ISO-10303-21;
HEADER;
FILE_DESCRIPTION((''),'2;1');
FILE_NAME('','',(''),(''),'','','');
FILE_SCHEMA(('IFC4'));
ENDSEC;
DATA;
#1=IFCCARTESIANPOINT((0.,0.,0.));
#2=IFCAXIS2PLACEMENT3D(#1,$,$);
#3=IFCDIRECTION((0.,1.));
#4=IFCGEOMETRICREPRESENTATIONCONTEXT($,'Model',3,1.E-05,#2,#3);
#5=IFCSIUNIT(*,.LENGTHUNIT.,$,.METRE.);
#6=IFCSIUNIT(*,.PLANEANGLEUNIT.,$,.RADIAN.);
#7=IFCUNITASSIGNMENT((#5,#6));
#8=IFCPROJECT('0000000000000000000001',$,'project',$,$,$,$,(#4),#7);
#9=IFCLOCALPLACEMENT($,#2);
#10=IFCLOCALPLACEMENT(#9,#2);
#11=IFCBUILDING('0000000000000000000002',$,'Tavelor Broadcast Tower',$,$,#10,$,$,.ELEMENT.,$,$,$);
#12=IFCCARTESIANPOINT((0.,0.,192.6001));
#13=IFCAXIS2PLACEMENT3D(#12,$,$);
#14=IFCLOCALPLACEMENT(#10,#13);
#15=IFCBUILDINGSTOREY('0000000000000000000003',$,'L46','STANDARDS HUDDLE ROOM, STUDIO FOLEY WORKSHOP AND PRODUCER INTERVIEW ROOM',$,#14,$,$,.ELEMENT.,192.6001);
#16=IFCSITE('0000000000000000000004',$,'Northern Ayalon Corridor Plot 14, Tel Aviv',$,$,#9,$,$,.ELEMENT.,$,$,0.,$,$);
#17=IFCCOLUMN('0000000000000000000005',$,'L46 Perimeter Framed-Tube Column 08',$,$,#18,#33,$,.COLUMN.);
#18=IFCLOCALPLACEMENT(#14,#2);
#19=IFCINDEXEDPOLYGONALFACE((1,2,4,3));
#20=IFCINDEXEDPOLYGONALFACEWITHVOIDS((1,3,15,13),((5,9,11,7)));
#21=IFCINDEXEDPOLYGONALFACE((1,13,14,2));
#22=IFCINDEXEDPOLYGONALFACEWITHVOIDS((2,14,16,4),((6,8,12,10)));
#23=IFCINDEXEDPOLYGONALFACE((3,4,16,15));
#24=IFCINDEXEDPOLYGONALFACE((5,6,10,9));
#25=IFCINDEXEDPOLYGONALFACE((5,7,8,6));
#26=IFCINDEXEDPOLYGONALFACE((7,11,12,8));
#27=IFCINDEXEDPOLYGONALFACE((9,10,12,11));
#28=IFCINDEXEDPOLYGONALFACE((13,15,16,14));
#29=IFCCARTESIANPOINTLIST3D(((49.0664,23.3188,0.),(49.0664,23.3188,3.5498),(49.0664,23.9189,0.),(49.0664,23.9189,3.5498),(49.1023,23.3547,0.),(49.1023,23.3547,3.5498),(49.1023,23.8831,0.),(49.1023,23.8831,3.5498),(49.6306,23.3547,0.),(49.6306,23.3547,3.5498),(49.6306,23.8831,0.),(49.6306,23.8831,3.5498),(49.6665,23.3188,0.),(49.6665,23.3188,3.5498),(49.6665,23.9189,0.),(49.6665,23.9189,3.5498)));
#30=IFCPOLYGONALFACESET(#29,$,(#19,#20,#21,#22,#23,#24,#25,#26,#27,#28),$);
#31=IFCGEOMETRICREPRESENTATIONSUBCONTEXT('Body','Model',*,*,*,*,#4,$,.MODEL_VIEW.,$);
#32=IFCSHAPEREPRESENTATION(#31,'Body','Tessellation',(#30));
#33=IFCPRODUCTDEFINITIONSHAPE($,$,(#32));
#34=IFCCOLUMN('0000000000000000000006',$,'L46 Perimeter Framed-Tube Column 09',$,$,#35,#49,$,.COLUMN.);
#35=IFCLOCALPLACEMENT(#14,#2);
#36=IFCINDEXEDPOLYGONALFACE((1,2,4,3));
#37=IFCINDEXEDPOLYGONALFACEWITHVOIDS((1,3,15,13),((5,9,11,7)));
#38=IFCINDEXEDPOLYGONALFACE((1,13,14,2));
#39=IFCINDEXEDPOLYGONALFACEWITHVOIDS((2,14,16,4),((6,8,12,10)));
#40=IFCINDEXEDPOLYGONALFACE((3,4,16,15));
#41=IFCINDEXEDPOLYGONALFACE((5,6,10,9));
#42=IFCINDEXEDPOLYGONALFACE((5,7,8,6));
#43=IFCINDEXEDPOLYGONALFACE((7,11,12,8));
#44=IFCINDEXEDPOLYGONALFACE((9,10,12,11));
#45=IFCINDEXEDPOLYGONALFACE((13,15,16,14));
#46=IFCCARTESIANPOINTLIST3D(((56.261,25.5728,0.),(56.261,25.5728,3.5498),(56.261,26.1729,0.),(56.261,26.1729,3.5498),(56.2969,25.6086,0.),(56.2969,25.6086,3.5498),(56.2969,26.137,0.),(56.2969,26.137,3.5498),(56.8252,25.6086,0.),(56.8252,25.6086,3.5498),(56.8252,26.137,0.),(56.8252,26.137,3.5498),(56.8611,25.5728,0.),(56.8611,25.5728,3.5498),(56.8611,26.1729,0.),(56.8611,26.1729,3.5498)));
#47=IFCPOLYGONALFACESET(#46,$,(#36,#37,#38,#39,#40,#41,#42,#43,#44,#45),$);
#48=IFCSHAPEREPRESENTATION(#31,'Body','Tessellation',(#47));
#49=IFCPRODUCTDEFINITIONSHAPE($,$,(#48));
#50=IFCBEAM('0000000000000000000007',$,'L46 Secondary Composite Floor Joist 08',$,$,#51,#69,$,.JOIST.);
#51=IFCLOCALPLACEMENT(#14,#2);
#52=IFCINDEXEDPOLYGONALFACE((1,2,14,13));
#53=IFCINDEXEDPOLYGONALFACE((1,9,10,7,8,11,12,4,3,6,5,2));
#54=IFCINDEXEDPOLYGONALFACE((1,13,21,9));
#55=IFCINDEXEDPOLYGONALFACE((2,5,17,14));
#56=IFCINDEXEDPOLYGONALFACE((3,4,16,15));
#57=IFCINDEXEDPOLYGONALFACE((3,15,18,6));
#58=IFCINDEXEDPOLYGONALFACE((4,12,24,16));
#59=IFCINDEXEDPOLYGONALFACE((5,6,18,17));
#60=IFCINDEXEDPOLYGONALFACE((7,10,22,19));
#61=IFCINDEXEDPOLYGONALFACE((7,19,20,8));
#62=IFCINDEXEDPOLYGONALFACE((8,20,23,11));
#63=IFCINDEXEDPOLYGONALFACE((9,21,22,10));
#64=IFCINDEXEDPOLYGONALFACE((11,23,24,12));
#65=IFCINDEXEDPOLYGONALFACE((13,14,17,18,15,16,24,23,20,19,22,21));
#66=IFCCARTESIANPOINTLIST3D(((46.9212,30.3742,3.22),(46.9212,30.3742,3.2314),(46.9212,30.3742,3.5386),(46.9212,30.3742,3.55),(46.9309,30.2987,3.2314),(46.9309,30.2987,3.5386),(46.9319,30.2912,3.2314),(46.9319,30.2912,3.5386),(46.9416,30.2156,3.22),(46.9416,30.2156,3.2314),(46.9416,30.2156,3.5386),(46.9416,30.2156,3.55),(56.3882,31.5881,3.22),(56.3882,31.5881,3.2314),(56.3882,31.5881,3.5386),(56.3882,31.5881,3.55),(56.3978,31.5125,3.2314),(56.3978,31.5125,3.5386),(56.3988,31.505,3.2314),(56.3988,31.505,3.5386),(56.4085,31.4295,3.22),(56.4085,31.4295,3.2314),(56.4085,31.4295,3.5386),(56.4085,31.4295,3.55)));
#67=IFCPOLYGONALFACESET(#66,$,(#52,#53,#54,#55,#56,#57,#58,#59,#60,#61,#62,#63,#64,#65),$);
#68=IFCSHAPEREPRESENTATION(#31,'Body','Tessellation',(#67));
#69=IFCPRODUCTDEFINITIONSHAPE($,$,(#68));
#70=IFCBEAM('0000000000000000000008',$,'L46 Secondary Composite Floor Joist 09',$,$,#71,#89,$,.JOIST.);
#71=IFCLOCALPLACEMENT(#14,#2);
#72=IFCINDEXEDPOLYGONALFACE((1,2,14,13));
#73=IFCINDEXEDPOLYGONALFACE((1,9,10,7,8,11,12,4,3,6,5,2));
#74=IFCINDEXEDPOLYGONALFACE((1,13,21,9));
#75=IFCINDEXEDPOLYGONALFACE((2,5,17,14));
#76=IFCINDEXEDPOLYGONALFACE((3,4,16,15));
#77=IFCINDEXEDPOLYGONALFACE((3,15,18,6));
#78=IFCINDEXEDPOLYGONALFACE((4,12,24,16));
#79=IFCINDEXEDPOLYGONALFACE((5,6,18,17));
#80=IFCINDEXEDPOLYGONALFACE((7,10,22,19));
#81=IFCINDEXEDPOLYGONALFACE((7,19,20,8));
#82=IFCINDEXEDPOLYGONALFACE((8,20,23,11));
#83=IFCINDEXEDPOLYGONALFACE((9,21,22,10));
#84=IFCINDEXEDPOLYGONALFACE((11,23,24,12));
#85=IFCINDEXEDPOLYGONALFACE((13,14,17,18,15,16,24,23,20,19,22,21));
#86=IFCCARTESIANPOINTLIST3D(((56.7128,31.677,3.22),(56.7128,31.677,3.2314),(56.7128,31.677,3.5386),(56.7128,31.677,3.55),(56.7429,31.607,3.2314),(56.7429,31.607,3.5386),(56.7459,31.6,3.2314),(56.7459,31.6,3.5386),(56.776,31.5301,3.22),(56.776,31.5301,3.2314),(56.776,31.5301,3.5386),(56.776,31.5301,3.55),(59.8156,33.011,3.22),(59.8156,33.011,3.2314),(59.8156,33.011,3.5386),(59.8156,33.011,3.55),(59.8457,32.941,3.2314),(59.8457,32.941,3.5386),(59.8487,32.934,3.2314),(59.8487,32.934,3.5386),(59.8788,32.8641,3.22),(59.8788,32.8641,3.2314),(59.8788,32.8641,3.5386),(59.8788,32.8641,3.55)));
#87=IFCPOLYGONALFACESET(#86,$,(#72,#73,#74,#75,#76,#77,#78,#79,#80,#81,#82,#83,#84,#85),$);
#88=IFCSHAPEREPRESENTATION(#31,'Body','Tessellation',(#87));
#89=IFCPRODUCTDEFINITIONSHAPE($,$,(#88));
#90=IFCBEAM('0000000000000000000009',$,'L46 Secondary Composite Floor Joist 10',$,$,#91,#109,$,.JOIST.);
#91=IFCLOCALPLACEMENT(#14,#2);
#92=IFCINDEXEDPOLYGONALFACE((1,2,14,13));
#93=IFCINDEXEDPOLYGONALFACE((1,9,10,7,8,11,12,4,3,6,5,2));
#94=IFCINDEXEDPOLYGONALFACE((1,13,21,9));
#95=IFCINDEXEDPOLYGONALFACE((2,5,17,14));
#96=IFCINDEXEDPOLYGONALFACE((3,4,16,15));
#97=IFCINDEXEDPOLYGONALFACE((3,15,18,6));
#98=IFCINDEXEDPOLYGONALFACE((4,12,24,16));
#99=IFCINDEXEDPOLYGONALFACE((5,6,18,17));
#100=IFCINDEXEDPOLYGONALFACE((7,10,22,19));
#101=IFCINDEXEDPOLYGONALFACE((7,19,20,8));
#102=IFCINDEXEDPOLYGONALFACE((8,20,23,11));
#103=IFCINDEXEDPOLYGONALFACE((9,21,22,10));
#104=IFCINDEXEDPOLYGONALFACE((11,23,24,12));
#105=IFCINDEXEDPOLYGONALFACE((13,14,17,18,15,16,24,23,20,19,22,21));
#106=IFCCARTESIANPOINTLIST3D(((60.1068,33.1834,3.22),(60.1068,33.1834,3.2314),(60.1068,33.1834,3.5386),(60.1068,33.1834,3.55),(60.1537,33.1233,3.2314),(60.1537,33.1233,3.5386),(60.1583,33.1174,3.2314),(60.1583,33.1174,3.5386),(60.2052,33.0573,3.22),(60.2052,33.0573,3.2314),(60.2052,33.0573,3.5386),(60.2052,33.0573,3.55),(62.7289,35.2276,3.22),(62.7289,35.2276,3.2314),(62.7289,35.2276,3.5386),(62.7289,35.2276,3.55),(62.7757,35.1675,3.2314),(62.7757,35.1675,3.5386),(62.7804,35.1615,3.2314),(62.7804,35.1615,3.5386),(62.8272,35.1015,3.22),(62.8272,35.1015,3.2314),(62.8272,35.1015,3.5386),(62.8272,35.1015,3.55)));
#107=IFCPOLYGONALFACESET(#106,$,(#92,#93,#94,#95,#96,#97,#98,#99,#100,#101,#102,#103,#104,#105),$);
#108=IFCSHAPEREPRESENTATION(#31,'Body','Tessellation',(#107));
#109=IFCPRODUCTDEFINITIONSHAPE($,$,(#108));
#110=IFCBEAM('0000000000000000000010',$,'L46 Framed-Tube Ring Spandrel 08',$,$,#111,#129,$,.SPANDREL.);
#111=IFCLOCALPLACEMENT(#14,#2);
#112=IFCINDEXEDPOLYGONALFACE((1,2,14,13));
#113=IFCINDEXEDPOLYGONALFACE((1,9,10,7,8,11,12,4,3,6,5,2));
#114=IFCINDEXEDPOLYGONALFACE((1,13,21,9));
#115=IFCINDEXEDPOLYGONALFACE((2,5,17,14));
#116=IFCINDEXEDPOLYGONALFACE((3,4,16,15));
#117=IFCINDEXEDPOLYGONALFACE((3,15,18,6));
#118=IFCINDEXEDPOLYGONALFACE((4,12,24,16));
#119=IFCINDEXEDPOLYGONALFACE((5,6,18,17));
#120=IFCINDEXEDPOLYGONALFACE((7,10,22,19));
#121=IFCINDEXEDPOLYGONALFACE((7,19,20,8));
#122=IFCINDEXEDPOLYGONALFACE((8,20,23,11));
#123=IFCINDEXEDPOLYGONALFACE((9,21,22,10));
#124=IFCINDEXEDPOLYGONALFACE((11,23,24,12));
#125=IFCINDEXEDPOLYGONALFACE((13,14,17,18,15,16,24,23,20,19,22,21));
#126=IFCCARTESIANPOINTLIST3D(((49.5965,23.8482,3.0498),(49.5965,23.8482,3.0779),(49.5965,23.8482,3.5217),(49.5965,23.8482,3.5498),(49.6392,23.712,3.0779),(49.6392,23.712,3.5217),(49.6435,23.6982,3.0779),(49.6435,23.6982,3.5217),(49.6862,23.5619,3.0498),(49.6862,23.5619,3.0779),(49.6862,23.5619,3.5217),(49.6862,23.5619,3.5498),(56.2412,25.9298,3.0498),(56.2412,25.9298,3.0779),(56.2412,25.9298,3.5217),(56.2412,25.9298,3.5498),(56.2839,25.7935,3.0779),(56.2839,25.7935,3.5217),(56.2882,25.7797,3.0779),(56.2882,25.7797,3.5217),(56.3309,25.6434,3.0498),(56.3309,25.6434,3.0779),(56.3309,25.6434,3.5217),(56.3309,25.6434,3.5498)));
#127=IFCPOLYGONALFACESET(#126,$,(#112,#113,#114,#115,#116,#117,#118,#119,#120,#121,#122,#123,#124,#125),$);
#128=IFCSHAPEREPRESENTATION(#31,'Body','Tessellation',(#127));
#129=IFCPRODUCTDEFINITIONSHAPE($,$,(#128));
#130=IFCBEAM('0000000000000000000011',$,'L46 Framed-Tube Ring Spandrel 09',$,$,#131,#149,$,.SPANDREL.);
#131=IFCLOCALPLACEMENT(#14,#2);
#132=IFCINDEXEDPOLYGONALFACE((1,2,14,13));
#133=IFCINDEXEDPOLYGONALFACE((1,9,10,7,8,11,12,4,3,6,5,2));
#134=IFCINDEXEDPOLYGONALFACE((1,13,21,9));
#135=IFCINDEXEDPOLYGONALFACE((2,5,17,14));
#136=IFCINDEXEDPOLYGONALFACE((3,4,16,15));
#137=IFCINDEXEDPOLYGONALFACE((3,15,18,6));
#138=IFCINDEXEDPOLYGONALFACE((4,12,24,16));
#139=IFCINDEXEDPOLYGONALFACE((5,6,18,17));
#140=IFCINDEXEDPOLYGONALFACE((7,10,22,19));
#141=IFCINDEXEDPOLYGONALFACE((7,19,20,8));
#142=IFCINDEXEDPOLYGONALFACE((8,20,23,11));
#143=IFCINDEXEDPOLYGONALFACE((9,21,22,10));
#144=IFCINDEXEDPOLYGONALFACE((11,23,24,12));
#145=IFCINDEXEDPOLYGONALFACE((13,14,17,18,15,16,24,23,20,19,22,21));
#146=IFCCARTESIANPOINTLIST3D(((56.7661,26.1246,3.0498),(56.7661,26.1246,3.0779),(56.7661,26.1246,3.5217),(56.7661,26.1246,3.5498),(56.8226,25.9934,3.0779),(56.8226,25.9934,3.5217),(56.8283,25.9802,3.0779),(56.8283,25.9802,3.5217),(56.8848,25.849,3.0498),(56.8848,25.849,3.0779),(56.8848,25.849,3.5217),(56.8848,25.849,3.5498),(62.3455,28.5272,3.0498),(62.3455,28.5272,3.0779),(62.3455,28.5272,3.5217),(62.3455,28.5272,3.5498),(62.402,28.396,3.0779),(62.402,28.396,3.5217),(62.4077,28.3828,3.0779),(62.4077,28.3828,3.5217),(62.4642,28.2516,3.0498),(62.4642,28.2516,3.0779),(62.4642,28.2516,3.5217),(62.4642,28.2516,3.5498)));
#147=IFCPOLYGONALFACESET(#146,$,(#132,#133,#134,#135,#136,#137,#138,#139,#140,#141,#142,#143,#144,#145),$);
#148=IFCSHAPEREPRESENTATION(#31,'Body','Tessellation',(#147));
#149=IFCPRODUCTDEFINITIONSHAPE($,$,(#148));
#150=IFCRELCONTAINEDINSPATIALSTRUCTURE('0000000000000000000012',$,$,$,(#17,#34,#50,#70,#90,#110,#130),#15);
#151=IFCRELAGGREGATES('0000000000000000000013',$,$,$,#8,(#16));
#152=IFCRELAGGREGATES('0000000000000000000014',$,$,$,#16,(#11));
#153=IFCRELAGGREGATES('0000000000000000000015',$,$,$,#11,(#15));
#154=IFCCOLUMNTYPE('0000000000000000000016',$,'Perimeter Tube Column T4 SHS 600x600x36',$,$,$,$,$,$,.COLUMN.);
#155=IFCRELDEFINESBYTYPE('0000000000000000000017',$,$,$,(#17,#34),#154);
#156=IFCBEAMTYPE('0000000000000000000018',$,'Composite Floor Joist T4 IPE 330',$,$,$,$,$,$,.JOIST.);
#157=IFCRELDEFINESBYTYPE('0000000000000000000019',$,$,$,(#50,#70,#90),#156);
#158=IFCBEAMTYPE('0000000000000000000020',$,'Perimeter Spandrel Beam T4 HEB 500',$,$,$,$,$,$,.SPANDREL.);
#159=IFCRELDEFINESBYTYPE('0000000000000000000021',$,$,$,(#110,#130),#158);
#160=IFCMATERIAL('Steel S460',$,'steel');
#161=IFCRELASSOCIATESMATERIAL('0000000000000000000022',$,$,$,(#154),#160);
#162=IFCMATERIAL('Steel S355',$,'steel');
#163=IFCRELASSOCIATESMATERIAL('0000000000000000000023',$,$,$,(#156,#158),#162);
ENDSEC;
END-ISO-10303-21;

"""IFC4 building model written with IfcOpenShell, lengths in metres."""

from ifc_helpers import new_model, si_unit, direction, frame, origin, origin_2d, place, context, subcontext, project, spatial, hollow_rectangle, i_section, extrude, material, material_profile, profile_set, type_object, element, save


model = new_model("IFC4")

# Units and contexts
model_context = context("Model", 3, precision=1e-05, world=origin(), true_north=direction((0.0, 1.0)))
body_context = subcontext(model_context, "Body", "Model", "MODEL_VIEW")
ifc_project = project(units=[si_unit("LENGTHUNIT", "METRE"), si_unit("PLANEANGLEUNIT", "RADIAN")], contexts=[model_context])

# Site, building, storey
site_placement = place(None, origin())
site = spatial("IfcSite", under=ifc_project, at=site_placement, Name="Northern Ayalon Corridor Plot 14, Tel Aviv", CompositionType="ELEMENT", RefElevation=0.0)
building_placement = place(site_placement, origin())
building = spatial("IfcBuilding", under=site, at=building_placement, Name="Tavelor Broadcast Tower", CompositionType="ELEMENT")
storey_placement = place(building_placement, frame((0.0, 0.0, 192.6001)))
storey = spatial("IfcBuildingStorey", under=building, at=storey_placement, Name="L46", Description="STANDARDS HUDDLE ROOM, STUDIO FOLEY WORKSHOP AND PRODUCER INTERVIEW ROOM", CompositionType="ELEMENT", Elevation=192.6001)

# Columns
ifc_material_1 = material(Name="Steel S460", Category="steel")
ifc_material_profile_1 = material_profile(ifc_material_1, hollow_rectangle(XDim=0.6001, YDim=0.6001, WallThickness=0.0359, at=origin_2d()), Name="SHS 600x600x36")
ifc_profile_set_1 = profile_set([ifc_material_profile_1], Name="Steel S460")
column_type = type_object("IfcColumnType", Name="Perimeter Tube Column T4 SHS 600x600x36", PredefinedType="COLUMN", material=ifc_profile_set_1)
for number, where, z_axis, x_axis, name in (
    (1, (49.3665, 23.6189, 0.0), (0.0, 0.0, 1.0), (1.0, 0.0, 0.0), "L46 Perimeter Framed-Tube Column 08"),
    (2, (56.561, 25.8728, 0.0), (0.0, 0.0, 1.0), (1.0, 0.0, 0.0), "L46 Perimeter Framed-Tube Column 09"),
):
    element("IfcColumn", number, at=place(storey_placement, frame(where, z_axis=z_axis, x_axis=x_axis)), inside=storey, type_object=column_type, Name=name, PredefinedType="COLUMN", context=body_context, shape_type="SweptSolid", body=[
        extrude(hollow_rectangle(XDim=0.6001, YDim=0.6001, WallThickness=0.0359, at=origin_2d()), origin(), (0.0, 0.0, 1.0), 3.5498),
    ])

# Beams
ifc_material_2 = material(Name="Steel S355", Category="steel")
ifc_material_profile_2 = material_profile(ifc_material_2, i_section(OverallWidth=0.1599, OverallDepth=0.3301, WebThickness=0.0076, FlangeThickness=0.0115, at=origin_2d()), Name="IPE 330")
ifc_profile_set_2 = profile_set([ifc_material_profile_2], Name="Steel S355")
beam_type_1 = type_object("IfcBeamType", Name="Composite Floor Joist T4 IPE 330", PredefinedType="JOIST", material=ifc_profile_set_2)
beam_1_placement = place(storey_placement, frame((46.9314, 30.2949, 3.385), z_axis=(0.99188, 0.127179, 0.0), x_axis=(-0.127179, 0.99188, 0.0)))
element("IfcBeam", 3, at=beam_1_placement, inside=storey, type_object=beam_type_1, Name="L46 Secondary Composite Floor Joist 08", PredefinedType="JOIST", context=body_context, shape_type="SweptSolid", body=[
    extrude(i_section(OverallWidth=0.1599, OverallDepth=0.3301, WebThickness=0.0076, FlangeThickness=0.0115, at=origin_2d()), origin(), (0.0, 0.0, 1.0), 9.5444),
])
beam_2_placement = place(storey_placement, frame((56.7444, 31.6035, 3.385), z_axis=(0.918692, 0.394975, 0.0), x_axis=(-0.394975, 0.918692, 0.0)))
element("IfcBeam", 4, at=beam_2_placement, inside=storey, type_object=beam_type_1, Name="L46 Secondary Composite Floor Joist 09", PredefinedType="JOIST", context=body_context, shape_type="SweptSolid", body=[
    extrude(i_section(OverallWidth=0.1599, OverallDepth=0.3301, WebThickness=0.0076, FlangeThickness=0.0115, at=origin_2d()), origin(), (0.0, 0.0, 1.0), 3.3774),
])
beam_3_placement = place(storey_placement, frame((60.156, 33.1204, 3.385), z_axis=(0.788652, 0.61484, 0.0), x_axis=(-0.61484, 0.788652, 0.0)))
element("IfcBeam", 5, at=beam_3_placement, inside=storey, type_object=beam_type_1, Name="L46 Secondary Composite Floor Joist 10", PredefinedType="JOIST", context=body_context, shape_type="SweptSolid", body=[
    extrude(i_section(OverallWidth=0.1599, OverallDepth=0.3301, WebThickness=0.0076, FlangeThickness=0.0115, at=origin_2d()), origin(), (0.0, 0.0, 1.0), 3.3247),
])
ifc_material_profile_3 = material_profile(ifc_material_2, i_section(OverallWidth=0.3, OverallDepth=0.5, WebThickness=0.0144, FlangeThickness=0.0281, at=origin_2d()), Name="HEB 500")
ifc_profile_set_3 = profile_set([ifc_material_profile_3], Name="Steel S355")
beam_type_2 = type_object("IfcBeamType", Name="Perimeter Spandrel Beam T4 HEB 500", PredefinedType="SPANDREL", material=ifc_profile_set_3)
beam_4_placement = place(storey_placement, frame((49.6414, 23.7051, 3.2998), z_axis=(0.954273, 0.298936, 0.0), x_axis=(-0.298936, 0.954273, 0.0)))
element("IfcBeam", 6, at=beam_4_placement, inside=storey, type_object=beam_type_2, Name="L46 Framed-Tube Ring Spandrel 08", PredefinedType="SPANDREL", context=body_context, shape_type="SweptSolid", body=[
    extrude(i_section(OverallWidth=0.3, OverallDepth=0.5, WebThickness=0.0144, FlangeThickness=0.0281, at=origin_2d()), origin(), (0.0, 0.0, 1.0), 6.9631),
])
beam_5_placement = place(storey_placement, frame((56.8254, 25.9868, 3.2998), z_axis=(0.918462, 0.39551, 0.0), x_axis=(-0.39551, 0.918462, 0.0)))
element("IfcBeam", 7, at=beam_5_placement, inside=storey, type_object=beam_type_2, Name="L46 Framed-Tube Ring Spandrel 09", PredefinedType="SPANDREL", context=body_context, shape_type="SweptSolid", body=[
    extrude(i_section(OverallWidth=0.3, OverallDepth=0.5, WebThickness=0.0144, FlangeThickness=0.0281, at=origin_2d()), origin(), (0.0, 0.0, 1.0), 6.0747),
])

save(model, "model.ifc")
